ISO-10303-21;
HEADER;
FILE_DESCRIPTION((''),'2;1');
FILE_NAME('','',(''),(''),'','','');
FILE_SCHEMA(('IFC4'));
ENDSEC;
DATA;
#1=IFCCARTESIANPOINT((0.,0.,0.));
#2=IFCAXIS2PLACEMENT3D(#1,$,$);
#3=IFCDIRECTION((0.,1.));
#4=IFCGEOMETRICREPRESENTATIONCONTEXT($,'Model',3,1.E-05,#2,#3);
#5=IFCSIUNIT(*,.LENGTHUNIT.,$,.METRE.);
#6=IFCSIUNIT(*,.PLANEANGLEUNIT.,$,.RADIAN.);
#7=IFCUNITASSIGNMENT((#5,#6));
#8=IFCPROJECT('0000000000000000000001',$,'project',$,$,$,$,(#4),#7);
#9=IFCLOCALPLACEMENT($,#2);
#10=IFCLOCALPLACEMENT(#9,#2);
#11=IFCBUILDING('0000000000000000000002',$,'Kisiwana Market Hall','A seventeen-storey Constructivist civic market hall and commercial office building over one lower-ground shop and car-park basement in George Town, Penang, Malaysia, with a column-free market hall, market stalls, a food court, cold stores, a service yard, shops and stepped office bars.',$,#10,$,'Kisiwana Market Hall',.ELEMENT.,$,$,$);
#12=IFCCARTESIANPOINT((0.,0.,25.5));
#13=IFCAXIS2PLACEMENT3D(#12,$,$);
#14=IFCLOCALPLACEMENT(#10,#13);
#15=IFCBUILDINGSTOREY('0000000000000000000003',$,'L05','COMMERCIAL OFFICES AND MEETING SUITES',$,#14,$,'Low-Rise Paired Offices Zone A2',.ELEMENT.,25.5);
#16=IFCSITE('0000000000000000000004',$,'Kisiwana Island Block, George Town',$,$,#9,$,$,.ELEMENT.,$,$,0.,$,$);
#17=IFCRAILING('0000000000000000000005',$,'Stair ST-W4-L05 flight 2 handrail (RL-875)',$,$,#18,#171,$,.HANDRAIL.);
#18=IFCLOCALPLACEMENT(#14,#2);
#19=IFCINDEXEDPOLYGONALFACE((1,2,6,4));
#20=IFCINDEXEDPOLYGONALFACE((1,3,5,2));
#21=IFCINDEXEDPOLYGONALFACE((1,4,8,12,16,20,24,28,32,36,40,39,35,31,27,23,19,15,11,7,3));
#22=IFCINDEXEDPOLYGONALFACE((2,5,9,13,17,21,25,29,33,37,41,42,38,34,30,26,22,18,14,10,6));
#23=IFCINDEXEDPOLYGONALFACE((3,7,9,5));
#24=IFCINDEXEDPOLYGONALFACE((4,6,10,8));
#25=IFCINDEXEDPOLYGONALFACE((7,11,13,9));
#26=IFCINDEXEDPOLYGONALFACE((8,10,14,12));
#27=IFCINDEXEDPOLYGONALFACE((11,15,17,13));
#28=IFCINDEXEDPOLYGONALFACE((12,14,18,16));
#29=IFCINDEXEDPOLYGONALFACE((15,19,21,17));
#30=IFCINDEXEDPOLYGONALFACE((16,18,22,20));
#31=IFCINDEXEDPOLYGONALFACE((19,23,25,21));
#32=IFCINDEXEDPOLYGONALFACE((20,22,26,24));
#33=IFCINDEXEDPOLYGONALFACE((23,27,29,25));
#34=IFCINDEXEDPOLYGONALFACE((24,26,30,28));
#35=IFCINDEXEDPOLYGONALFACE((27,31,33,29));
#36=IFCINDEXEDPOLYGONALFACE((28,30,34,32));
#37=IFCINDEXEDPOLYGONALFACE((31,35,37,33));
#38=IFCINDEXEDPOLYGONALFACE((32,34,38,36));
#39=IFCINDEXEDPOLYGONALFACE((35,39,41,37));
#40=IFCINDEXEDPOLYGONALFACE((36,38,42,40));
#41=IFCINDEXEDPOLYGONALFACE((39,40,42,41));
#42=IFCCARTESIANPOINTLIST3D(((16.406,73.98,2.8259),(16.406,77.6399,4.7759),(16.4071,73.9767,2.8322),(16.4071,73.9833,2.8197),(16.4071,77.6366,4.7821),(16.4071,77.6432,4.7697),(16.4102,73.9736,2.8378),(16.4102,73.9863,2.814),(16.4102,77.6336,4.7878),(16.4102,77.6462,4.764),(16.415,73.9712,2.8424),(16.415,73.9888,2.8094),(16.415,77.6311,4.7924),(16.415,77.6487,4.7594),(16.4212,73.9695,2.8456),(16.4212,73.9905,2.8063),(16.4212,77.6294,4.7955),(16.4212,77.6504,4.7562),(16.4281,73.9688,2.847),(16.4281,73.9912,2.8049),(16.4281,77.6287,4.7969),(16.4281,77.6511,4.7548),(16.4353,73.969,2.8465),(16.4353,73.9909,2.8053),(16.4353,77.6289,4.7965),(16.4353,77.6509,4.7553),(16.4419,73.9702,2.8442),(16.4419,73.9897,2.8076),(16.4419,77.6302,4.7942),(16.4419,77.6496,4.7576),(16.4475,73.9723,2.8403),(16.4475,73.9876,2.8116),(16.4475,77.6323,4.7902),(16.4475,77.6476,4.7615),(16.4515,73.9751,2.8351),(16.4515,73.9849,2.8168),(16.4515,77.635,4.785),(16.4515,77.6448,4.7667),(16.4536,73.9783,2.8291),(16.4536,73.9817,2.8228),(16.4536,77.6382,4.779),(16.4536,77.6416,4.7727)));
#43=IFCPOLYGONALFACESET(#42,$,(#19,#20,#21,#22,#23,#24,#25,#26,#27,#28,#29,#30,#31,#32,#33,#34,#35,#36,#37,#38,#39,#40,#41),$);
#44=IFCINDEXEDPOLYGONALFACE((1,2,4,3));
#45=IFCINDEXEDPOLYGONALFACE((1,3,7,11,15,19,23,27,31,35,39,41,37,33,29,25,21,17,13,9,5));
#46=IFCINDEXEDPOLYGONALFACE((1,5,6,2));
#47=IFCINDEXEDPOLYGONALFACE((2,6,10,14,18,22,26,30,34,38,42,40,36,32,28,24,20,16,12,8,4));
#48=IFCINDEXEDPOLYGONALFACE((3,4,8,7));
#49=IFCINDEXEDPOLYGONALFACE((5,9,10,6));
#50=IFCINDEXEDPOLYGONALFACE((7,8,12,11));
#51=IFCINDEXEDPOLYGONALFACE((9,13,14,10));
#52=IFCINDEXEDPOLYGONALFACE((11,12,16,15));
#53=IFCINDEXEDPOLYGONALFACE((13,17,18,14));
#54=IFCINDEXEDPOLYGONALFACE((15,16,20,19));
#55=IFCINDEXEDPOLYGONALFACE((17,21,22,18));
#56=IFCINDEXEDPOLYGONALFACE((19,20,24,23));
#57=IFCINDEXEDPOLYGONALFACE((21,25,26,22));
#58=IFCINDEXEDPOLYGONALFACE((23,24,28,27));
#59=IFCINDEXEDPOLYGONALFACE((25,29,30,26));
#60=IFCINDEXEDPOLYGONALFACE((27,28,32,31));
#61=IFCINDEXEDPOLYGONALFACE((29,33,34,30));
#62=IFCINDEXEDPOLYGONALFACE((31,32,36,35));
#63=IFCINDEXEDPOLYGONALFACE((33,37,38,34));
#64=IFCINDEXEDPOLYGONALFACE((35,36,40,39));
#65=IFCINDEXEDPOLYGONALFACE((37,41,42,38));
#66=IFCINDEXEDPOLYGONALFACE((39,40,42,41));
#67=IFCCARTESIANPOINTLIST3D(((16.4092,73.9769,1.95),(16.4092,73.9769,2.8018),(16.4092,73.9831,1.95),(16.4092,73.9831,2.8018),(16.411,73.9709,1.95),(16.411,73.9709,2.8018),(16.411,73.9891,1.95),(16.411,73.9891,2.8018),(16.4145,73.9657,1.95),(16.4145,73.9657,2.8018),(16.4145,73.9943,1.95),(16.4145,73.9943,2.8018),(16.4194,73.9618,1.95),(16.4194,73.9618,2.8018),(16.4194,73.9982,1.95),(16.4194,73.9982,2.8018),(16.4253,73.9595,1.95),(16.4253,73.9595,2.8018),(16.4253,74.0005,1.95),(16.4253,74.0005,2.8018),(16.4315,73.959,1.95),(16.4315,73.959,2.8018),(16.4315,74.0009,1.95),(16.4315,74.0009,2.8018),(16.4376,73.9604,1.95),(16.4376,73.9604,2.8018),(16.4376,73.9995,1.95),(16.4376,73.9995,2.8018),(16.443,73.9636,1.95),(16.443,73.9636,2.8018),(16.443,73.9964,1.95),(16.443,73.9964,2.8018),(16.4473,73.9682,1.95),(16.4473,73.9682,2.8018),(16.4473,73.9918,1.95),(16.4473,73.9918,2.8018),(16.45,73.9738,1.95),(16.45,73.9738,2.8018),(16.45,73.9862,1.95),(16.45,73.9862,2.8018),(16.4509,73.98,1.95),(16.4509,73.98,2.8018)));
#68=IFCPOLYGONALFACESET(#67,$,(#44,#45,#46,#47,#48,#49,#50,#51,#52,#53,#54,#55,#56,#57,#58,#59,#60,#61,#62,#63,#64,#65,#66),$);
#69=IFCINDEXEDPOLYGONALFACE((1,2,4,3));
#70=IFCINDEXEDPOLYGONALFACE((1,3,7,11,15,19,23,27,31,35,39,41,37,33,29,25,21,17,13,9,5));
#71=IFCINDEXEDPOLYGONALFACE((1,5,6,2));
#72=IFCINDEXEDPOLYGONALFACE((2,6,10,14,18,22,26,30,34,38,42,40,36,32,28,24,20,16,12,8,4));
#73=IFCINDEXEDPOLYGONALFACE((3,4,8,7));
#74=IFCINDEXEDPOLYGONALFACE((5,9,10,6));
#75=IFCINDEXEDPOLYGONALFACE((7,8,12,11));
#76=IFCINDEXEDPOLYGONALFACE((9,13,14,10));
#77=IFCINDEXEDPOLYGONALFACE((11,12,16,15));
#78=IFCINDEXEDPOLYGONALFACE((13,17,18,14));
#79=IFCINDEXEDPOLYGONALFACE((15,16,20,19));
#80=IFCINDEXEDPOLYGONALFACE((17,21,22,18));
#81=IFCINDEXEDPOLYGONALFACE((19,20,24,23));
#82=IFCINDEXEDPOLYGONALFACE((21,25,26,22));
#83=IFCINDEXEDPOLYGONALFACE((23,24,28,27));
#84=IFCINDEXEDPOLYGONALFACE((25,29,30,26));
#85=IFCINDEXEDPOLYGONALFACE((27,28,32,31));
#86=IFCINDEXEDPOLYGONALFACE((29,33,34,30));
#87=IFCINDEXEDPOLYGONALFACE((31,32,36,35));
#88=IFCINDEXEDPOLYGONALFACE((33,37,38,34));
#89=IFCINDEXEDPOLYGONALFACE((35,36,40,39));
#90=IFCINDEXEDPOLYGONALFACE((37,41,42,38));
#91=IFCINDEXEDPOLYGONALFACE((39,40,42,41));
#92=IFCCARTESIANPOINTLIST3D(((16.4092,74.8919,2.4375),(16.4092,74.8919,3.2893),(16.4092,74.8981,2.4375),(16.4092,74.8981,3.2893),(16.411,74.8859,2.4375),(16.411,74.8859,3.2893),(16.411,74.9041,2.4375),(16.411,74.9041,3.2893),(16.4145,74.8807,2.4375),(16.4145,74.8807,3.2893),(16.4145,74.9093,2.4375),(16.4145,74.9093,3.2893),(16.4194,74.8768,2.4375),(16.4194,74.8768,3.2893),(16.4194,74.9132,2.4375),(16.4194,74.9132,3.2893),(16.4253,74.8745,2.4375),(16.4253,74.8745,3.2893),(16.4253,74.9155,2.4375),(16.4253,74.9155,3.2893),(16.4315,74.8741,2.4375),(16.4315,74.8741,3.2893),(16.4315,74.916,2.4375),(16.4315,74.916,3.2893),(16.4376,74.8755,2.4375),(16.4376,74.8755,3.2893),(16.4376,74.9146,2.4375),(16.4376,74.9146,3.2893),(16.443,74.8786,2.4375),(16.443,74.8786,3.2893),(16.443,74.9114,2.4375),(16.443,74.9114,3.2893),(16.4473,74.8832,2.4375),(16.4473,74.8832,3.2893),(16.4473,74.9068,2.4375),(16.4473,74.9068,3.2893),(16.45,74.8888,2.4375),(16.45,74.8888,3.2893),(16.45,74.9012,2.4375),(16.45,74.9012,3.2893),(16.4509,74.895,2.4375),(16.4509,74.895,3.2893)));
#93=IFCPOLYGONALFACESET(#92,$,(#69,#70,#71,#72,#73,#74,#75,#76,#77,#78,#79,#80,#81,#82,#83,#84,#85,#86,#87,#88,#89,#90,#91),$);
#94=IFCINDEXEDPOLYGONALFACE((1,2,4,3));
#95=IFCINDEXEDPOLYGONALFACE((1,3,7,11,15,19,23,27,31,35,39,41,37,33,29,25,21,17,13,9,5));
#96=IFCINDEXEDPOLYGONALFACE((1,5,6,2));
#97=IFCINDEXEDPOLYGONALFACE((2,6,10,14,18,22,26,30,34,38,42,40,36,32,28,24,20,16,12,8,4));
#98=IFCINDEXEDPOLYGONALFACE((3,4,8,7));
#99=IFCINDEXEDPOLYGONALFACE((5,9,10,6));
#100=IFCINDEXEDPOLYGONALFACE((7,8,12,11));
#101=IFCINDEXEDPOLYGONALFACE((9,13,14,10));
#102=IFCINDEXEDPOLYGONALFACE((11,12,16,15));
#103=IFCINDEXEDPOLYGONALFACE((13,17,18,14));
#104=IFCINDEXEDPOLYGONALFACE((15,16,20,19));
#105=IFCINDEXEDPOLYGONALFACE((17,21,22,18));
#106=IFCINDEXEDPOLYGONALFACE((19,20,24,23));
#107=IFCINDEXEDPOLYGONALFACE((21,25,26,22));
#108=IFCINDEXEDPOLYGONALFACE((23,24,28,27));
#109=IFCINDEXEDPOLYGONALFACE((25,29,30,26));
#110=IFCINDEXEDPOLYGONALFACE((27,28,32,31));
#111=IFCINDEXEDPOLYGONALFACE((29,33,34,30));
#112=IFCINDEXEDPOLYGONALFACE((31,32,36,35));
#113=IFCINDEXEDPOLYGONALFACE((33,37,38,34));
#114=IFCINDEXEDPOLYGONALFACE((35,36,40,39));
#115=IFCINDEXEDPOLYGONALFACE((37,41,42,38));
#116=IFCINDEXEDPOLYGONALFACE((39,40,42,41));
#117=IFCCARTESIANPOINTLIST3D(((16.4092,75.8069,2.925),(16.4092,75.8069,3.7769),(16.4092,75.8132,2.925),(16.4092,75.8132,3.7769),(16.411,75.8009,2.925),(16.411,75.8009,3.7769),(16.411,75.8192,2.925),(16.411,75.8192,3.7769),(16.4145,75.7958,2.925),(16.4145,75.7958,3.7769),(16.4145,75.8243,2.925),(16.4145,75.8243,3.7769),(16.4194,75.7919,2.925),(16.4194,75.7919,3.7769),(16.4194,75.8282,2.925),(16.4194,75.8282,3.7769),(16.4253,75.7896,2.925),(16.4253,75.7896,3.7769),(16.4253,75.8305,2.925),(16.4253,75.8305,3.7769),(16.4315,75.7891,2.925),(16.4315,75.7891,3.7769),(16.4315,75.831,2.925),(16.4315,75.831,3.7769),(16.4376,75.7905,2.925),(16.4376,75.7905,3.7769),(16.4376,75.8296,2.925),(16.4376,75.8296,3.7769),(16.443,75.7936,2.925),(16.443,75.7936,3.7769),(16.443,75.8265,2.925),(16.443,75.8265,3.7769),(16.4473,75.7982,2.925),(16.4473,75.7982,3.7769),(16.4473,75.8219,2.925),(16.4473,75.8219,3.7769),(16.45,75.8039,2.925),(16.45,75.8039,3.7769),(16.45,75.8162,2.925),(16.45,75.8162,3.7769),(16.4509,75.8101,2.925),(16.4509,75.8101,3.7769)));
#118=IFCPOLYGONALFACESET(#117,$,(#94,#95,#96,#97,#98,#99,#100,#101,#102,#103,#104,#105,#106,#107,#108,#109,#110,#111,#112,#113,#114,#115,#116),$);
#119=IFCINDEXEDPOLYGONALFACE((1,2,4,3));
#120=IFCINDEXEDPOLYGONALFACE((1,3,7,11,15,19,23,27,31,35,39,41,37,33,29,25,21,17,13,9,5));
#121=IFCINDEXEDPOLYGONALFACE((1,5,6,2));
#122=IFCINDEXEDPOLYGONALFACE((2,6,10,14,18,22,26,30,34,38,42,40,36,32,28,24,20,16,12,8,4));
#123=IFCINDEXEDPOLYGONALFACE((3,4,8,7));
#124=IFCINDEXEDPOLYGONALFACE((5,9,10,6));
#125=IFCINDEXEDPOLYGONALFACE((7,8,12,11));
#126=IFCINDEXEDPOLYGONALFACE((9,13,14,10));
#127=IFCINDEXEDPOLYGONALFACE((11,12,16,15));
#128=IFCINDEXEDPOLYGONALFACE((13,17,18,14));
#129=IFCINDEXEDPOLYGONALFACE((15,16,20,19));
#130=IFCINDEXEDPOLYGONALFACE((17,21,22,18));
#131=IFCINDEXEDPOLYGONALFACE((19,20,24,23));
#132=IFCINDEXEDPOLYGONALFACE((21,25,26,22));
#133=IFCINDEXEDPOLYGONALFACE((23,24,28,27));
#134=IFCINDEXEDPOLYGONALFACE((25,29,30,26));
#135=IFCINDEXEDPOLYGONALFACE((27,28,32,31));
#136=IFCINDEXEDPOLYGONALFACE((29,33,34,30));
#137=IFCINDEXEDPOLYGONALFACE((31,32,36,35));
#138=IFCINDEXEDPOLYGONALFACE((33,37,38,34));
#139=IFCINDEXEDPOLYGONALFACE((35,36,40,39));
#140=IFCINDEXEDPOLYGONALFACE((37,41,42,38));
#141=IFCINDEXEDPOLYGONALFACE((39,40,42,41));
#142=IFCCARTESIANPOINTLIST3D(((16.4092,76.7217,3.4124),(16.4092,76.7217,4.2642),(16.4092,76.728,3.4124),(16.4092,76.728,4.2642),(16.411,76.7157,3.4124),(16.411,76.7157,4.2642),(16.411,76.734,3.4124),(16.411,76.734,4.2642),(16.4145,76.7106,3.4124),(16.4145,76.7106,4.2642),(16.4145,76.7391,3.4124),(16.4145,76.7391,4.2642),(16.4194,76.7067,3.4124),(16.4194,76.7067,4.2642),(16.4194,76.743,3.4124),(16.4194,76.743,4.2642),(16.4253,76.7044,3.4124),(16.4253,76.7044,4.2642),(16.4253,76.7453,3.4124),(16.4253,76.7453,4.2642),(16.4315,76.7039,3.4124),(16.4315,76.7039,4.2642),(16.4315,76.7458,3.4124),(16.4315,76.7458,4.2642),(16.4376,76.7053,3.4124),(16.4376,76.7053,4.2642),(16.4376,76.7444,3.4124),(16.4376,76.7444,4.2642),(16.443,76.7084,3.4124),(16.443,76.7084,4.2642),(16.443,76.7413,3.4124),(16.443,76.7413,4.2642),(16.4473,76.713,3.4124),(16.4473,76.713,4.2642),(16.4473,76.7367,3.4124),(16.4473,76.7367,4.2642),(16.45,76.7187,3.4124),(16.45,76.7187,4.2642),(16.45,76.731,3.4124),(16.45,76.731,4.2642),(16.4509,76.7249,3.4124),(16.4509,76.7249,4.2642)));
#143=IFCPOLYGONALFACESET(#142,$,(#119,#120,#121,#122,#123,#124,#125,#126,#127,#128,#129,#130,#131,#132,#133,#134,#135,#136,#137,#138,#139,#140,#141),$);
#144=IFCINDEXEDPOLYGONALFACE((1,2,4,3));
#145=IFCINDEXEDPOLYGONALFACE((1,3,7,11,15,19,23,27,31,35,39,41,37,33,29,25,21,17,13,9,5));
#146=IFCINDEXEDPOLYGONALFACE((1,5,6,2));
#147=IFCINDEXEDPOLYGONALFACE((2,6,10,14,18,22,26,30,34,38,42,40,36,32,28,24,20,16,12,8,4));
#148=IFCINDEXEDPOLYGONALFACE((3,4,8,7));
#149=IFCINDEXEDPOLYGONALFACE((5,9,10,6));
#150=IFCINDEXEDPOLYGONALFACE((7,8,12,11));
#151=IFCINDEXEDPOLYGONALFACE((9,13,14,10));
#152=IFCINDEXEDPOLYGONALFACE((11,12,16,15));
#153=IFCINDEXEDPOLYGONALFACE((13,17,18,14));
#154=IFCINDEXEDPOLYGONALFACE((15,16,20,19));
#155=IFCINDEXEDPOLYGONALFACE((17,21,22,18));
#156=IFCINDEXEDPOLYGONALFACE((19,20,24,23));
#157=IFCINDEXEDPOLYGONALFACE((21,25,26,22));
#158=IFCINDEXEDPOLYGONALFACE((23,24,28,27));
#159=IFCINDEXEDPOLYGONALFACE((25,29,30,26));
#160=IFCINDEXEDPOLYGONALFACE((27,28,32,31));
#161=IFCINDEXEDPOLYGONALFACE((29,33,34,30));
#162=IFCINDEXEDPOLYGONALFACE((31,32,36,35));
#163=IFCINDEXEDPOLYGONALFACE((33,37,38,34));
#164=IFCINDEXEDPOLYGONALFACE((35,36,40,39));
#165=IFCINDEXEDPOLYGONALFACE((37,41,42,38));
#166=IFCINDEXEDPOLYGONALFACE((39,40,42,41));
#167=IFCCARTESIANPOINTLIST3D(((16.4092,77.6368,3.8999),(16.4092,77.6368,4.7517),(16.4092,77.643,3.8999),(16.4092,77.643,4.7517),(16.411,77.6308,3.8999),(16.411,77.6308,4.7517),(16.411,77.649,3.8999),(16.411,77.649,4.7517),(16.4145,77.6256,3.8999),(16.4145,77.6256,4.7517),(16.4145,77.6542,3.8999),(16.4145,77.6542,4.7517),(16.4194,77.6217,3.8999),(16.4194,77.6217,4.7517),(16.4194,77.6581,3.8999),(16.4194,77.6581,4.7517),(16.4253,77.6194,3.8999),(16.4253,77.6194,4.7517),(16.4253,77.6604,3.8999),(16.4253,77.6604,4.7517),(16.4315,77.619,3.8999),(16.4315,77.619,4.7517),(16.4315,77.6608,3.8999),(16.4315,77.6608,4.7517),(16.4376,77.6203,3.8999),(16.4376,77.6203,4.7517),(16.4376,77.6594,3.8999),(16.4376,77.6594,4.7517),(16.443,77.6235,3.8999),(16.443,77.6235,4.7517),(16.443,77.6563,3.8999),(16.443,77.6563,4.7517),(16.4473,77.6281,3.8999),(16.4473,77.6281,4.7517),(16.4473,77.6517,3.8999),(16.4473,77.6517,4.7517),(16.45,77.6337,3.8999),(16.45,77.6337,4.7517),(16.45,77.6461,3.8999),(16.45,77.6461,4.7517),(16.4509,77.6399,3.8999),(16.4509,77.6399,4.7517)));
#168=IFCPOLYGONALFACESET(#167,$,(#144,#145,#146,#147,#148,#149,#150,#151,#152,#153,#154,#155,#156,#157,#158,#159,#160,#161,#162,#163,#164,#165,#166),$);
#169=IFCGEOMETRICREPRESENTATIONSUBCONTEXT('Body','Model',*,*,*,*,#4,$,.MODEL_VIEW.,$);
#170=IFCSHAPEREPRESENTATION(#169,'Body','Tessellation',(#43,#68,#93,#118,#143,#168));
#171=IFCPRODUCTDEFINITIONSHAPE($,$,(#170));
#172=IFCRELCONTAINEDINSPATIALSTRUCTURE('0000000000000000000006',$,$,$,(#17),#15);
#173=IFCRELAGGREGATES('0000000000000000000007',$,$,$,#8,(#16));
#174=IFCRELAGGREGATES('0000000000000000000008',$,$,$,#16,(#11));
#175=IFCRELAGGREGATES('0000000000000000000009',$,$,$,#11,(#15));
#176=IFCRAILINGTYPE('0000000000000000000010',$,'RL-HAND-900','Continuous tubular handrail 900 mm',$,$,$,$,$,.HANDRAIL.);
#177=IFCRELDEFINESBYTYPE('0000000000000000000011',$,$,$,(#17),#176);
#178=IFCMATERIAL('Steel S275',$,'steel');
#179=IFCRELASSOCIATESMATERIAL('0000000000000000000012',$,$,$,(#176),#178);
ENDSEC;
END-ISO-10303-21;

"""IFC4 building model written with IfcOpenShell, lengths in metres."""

from ifc_helpers import new_model, si_unit, direction, frame, origin, origin_2d, place, context, subcontext, project, spatial, circle, extrude, material, type_object, element, save


model = new_model("IFC4")

# Units and contexts
model_context = context("Model", 3, precision=1e-05, world=origin(), true_north=direction((0.0, 1.0)))
body_context = subcontext(model_context, "Body", "Model", "MODEL_VIEW")
ifc_project = project(units=[si_unit("LENGTHUNIT", "METRE"), si_unit("PLANEANGLEUNIT", "RADIAN")], contexts=[model_context])

# Site, building, storey
site_placement = place(None, origin())
site = spatial("IfcSite", under=ifc_project, at=site_placement, Name="Kisiwana Island Block, George Town", CompositionType="ELEMENT", RefElevation=0.0)
building_placement = place(site_placement, origin())
building = spatial("IfcBuilding", under=site, at=building_placement, Name="Kisiwana Market Hall", Description="A seventeen-storey Constructivist civic market hall and commercial office building over one lower-ground shop and car-park basement in George Town, Penang, Malaysia, with a column-free market hall, market stalls, a food court, cold stores, a service yard, shops and stepped office bars.", LongName="Kisiwana Market Hall", CompositionType="ELEMENT")
storey_placement = place(building_placement, frame((0.0, 0.0, 25.5)))
storey = spatial("IfcBuildingStorey", under=building, at=storey_placement, Name="L05", Description="COMMERCIAL OFFICES AND MEETING SUITES", LongName="Low-Rise Paired Offices Zone A2", CompositionType="ELEMENT", Elevation=25.5)

# Railing
ifc_material_1 = material(Name="Steel S275", Category="steel")
railing_type_1 = type_object("IfcRailingType", Name="RL-HAND-900", Description="Continuous tubular handrail 900 mm", PredefinedType="HANDRAIL", material=ifc_material_1)
railing_1_placement = place(storey_placement, frame((16.4299, 73.98, 1.95)))
element("IfcRailing", 1, at=railing_1_placement, inside=storey, type_object=railing_type_1, Name="Stair ST-W4-L05 flight 2 handrail (RL-875)", PredefinedType="HANDRAIL", context=body_context, shape_type="SweptSolid", body=[
    extrude(circle(Radius=0.0239, at=origin_2d()), frame((0.0, 0.0, 0.876), z_axis=(0.0, 0.882553, 0.470212), x_axis=(-1.0, 0.0, 0.0)), (0.0, 0.0, 1.0), 4.147),
    extrude(circle(Radius=0.021, at=origin_2d()), origin(), (0.0, 0.0, 1.0), 0.8518),
    extrude(circle(Radius=0.021, at=origin_2d()), frame((0.0, 0.915, 0.4875)), (0.0, 0.0, 1.0), 0.8518),
    extrude(circle(Radius=0.021, at=origin_2d()), frame((0.0, 1.8301, 0.9751)), (0.0, 0.0, 1.0), 0.8518),
    extrude(circle(Radius=0.021, at=origin_2d()), frame((0.0, 2.7449, 1.4624)), (0.0, 0.0, 1.0), 0.8518),
    extrude(circle(Radius=0.021, at=origin_2d()), frame((0.0, 3.6599, 1.95)), (0.0, 0.0, 1.0), 0.8518),
])

save(model, "model.ifc")
